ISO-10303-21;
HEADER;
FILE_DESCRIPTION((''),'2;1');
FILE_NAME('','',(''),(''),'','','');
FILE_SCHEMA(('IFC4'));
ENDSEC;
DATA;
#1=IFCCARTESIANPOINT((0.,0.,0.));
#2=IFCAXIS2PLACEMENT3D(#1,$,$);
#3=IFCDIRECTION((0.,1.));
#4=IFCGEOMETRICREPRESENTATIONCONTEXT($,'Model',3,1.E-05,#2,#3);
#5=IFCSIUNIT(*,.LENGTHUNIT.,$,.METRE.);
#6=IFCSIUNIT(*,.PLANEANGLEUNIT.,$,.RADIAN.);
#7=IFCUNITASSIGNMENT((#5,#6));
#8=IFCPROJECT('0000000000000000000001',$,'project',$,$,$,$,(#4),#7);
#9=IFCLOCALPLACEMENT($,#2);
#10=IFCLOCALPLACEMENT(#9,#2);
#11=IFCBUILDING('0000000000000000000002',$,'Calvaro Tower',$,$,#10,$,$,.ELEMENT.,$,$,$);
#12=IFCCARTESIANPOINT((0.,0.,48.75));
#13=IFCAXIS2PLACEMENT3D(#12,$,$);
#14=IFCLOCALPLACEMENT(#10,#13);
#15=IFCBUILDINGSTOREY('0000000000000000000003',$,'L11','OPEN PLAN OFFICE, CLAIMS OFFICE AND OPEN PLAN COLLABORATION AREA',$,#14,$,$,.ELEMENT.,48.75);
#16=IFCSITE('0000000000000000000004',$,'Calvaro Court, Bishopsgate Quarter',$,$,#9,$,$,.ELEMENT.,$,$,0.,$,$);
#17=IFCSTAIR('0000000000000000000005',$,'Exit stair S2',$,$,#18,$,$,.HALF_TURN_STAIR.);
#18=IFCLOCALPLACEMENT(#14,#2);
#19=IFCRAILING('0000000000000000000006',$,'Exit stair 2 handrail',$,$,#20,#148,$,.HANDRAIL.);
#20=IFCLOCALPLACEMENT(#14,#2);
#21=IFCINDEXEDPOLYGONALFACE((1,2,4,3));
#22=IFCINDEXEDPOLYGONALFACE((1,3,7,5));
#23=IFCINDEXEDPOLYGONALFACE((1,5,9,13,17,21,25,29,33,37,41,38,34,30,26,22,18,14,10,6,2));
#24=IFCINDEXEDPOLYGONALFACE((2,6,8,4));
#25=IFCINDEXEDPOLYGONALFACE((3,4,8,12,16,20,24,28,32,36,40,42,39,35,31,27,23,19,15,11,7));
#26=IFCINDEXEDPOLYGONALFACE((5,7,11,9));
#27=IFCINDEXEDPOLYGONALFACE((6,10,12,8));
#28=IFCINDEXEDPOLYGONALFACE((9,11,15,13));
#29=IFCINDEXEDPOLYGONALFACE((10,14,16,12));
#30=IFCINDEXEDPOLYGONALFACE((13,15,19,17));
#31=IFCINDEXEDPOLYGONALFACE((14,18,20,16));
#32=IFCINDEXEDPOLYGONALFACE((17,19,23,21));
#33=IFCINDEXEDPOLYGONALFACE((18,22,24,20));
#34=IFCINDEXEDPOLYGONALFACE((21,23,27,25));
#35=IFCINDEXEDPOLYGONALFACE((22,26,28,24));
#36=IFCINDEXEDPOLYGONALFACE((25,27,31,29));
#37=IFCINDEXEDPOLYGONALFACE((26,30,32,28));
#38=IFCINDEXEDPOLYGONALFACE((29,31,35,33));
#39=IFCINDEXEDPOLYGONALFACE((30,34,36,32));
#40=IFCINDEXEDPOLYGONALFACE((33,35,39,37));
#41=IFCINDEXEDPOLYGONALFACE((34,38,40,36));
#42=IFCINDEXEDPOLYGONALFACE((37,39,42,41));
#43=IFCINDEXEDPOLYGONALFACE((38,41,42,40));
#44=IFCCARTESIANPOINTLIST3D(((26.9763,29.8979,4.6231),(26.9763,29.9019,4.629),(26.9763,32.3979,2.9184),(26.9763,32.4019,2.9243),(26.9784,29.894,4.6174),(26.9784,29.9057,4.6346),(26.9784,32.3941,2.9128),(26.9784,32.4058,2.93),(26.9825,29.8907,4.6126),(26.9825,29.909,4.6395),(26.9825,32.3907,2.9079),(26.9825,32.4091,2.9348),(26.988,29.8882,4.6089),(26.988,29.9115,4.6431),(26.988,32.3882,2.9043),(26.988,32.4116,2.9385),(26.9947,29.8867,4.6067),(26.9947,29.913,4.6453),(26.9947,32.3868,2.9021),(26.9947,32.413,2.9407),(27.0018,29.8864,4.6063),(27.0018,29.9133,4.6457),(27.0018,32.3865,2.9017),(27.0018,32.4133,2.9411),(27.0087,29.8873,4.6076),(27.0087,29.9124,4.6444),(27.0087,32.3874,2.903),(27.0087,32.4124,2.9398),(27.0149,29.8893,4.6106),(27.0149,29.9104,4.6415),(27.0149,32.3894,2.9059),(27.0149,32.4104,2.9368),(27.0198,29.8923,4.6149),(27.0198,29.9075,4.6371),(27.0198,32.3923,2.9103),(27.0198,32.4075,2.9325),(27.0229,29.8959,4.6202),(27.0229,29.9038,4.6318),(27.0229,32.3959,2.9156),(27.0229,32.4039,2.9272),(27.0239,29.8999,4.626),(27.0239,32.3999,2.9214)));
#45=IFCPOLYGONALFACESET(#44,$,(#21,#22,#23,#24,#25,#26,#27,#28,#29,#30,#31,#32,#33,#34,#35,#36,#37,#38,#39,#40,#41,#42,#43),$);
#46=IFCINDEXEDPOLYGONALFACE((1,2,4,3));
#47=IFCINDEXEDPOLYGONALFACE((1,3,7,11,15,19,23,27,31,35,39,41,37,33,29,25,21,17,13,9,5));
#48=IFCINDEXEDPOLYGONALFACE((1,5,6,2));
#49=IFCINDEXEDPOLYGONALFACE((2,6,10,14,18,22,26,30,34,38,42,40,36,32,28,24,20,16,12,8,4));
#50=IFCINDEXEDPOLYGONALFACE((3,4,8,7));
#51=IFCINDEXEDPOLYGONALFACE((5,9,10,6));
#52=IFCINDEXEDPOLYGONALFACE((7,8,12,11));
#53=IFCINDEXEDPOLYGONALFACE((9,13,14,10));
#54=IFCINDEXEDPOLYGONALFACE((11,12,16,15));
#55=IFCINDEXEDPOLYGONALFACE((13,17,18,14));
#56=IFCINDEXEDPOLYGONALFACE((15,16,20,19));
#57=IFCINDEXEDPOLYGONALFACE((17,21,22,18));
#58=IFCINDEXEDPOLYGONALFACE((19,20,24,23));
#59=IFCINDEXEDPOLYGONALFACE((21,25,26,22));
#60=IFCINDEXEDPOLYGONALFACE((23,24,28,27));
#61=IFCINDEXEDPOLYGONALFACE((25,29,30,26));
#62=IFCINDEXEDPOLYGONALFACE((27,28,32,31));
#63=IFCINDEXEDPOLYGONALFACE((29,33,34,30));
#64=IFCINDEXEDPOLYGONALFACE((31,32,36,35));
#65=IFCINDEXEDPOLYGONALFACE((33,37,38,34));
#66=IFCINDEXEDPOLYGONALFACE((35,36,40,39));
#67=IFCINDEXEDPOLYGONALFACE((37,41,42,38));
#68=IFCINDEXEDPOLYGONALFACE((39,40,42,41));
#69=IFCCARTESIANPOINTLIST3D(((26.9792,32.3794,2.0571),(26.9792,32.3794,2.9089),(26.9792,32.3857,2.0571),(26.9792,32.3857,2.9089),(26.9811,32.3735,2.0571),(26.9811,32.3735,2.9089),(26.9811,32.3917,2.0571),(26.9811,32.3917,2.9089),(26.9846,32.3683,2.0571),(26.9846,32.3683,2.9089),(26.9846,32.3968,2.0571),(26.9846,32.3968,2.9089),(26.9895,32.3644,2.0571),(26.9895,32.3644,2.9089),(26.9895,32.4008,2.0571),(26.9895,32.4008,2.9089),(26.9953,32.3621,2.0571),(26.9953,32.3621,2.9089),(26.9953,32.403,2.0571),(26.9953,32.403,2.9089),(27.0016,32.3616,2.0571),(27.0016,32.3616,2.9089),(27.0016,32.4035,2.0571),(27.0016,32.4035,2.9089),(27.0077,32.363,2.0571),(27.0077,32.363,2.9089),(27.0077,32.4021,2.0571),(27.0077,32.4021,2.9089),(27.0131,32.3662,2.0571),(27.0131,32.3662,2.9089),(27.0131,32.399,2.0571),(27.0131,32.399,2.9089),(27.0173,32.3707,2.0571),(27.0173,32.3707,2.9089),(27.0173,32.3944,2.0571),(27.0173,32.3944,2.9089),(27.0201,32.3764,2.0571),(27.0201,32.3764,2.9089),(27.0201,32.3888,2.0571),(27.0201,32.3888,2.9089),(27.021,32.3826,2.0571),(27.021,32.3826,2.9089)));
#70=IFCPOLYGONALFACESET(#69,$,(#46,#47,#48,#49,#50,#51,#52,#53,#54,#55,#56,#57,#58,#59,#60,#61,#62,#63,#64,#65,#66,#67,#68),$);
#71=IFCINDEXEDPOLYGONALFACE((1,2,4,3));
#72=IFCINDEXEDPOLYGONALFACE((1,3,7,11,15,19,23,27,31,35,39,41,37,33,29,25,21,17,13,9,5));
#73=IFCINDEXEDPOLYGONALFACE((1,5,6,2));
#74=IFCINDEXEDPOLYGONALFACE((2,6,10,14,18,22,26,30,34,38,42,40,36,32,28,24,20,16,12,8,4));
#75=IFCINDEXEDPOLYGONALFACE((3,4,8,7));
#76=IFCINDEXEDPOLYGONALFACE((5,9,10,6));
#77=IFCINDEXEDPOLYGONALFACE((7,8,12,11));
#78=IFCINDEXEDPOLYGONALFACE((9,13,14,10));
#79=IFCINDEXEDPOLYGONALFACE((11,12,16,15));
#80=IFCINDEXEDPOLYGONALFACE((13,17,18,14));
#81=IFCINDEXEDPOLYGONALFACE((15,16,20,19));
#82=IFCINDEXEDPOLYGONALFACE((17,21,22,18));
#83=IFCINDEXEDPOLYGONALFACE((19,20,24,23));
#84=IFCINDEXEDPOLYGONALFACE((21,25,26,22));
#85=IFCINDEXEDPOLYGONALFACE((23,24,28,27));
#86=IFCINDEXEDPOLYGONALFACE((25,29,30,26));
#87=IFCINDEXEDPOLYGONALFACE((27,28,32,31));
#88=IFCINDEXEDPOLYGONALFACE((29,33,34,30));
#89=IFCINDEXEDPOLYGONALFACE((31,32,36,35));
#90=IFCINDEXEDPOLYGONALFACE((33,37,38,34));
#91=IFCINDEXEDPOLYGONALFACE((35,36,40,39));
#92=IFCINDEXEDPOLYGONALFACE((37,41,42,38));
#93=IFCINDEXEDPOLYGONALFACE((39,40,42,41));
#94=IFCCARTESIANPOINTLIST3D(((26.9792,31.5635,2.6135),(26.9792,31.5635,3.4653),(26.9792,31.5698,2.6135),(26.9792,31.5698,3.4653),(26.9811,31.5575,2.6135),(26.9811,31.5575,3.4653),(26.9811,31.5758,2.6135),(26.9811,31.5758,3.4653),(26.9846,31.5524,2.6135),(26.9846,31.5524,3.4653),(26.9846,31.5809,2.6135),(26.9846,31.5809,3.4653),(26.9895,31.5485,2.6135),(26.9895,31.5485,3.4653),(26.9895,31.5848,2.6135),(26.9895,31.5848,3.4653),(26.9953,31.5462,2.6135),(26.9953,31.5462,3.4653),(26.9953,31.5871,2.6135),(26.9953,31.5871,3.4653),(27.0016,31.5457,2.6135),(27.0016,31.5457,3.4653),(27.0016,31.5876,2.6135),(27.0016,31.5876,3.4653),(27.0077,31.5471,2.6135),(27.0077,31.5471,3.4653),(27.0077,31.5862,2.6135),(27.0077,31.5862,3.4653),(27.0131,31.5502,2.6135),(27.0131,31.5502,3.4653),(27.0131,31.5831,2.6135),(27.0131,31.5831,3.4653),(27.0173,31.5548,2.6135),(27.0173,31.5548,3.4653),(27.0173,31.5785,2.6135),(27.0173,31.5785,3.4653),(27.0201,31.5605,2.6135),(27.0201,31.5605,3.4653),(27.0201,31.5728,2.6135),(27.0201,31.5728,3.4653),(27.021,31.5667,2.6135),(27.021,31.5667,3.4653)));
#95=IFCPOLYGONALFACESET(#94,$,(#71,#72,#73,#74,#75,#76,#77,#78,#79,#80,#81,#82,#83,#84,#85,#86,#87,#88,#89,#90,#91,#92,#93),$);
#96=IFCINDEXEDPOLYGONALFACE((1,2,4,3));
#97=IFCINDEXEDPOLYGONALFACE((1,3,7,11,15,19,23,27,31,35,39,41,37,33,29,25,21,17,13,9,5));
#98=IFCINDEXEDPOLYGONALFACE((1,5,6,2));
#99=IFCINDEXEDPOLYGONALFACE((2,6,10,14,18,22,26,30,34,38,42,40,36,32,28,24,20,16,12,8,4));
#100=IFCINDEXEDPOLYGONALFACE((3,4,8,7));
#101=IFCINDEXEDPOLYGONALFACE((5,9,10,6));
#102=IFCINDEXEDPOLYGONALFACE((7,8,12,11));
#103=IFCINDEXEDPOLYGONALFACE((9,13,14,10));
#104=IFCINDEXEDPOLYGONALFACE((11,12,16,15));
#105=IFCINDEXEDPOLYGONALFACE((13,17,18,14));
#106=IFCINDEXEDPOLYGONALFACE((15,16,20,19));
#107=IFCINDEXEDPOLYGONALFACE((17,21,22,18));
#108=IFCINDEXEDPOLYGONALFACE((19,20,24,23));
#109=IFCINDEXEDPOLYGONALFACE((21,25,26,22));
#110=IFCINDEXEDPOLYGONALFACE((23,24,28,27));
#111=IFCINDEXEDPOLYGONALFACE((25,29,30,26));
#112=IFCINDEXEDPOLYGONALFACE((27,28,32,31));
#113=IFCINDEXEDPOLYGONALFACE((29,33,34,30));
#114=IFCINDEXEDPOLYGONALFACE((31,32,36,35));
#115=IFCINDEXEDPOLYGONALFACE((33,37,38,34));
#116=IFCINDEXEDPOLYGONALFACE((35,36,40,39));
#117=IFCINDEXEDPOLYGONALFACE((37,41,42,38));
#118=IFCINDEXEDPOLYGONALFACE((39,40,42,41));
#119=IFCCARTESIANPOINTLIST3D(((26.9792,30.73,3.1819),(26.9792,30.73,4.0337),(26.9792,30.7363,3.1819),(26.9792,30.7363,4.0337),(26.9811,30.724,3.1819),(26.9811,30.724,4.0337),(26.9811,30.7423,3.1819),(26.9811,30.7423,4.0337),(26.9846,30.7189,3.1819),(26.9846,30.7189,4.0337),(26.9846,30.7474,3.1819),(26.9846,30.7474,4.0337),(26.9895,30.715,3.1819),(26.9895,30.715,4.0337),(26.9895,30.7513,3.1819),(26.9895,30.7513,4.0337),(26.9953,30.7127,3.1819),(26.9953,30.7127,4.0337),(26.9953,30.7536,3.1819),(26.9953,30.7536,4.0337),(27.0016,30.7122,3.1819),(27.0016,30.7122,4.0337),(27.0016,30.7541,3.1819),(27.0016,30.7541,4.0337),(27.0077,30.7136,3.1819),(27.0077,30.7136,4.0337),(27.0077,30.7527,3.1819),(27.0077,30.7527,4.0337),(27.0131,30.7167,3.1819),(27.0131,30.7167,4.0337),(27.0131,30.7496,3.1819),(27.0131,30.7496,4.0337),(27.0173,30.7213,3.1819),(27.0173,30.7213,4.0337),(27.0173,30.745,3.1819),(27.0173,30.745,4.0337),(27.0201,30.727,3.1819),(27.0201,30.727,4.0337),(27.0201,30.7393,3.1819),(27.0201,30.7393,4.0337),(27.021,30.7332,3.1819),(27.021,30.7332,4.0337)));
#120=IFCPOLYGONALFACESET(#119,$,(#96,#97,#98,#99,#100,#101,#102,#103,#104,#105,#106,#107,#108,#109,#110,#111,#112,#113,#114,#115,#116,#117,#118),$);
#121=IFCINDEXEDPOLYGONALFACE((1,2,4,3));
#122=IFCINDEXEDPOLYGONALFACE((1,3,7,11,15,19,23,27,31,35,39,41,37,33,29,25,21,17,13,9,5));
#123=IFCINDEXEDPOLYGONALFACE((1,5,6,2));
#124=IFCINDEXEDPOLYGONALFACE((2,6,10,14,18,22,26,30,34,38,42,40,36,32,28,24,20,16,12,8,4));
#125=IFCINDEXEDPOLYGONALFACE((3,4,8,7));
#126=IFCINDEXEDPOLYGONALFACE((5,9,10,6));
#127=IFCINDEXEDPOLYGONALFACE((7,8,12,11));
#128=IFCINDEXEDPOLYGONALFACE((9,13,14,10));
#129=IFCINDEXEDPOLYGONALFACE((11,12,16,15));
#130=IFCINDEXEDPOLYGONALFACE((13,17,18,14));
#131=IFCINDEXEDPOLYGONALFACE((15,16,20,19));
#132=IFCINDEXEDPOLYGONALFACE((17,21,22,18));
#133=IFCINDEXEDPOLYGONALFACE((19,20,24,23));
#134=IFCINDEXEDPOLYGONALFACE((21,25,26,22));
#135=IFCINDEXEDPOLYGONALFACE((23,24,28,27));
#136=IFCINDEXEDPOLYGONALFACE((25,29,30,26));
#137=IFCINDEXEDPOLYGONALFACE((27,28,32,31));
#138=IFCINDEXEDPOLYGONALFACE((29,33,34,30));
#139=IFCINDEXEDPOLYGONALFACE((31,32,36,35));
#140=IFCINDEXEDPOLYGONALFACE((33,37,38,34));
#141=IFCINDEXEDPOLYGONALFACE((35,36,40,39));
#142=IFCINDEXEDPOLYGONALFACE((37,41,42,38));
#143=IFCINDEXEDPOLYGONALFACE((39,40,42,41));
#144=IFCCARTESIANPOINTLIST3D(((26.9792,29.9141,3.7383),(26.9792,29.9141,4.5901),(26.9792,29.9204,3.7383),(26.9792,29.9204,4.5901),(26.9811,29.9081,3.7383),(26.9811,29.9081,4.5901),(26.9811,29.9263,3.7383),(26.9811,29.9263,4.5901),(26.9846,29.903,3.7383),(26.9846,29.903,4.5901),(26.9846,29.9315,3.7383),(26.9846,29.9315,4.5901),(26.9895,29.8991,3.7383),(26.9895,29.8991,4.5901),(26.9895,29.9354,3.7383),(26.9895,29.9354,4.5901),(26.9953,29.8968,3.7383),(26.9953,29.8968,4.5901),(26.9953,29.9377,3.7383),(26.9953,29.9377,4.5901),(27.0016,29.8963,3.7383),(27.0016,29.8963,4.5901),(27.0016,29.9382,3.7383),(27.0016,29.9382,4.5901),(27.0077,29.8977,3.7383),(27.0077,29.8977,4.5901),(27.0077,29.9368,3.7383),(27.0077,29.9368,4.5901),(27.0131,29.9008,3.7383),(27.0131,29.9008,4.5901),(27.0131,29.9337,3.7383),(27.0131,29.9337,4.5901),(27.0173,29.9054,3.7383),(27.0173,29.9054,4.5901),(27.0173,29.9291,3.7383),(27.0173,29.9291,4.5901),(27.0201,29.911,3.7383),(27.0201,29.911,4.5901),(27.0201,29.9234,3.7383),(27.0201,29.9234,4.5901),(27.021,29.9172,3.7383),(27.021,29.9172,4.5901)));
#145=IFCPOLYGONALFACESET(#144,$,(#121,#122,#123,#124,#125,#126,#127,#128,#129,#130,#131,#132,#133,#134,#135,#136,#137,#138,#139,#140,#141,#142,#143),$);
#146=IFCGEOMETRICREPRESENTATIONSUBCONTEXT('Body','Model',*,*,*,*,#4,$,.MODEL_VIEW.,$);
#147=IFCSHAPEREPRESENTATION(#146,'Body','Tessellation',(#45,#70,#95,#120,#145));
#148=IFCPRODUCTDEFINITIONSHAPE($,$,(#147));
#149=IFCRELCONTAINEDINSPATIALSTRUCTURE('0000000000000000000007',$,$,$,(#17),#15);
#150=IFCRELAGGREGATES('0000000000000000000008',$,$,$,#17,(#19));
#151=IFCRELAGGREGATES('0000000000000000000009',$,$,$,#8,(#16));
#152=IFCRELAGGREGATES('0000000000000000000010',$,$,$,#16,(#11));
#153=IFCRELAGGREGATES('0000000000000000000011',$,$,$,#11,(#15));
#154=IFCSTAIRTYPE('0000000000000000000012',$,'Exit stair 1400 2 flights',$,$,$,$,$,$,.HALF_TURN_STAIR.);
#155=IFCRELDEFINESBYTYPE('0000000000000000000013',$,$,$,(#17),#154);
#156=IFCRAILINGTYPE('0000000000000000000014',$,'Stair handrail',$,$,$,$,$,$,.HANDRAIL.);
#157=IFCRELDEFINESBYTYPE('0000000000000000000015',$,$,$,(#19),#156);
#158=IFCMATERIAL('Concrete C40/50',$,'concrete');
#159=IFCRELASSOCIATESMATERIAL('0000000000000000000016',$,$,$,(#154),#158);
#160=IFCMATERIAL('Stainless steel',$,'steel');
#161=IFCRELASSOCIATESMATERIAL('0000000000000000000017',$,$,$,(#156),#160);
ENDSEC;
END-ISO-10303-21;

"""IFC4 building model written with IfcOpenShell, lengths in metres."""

from ifc_helpers import new_model, si_unit, direction, frame, origin, origin_2d, place, context, subcontext, project, spatial, circle, extrude, material, type_object, element, aggregate, save


model = new_model("IFC4")

# Units and contexts
model_context = context("Model", 3, precision=1e-05, world=origin(), true_north=direction((0.0, 1.0)))
body_context = subcontext(model_context, "Body", "Model", "MODEL_VIEW")
ifc_project = project(units=[si_unit("LENGTHUNIT", "METRE"), si_unit("PLANEANGLEUNIT", "RADIAN")], contexts=[model_context])

# Site, building, storey
site_placement = place(None, origin())
site = spatial("IfcSite", under=ifc_project, at=site_placement, Name="Calvaro Court, Bishopsgate Quarter", CompositionType="ELEMENT", RefElevation=0.0)
building_placement = place(site_placement, origin())
building = spatial("IfcBuilding", under=site, at=building_placement, Name="Calvaro Tower", CompositionType="ELEMENT")
storey_placement = place(building_placement, frame((0.0, 0.0, 48.75)))
storey = spatial("IfcBuildingStorey", under=building, at=storey_placement, Name="L11", Description="OPEN PLAN OFFICE, CLAIMS OFFICE AND OPEN PLAN COLLABORATION AREA", CompositionType="ELEMENT", Elevation=48.75)

# Stair, railing
ifc_material_1 = material(Name="Concrete C40/50", Category="concrete")
stair_type = type_object("IfcStairType", Name="Exit stair 1400 2 flights", PredefinedType="HALF_TURN_STAIR", material=ifc_material_1)
stair_placement = place(storey_placement, origin())
stair = element("IfcStair", 1, at=stair_placement, inside=storey, type_object=stair_type, Name="Exit stair S2", PredefinedType="HALF_TURN_STAIR")
ifc_material_2 = material(Name="Stainless steel", Category="steel")
railing_type = type_object("IfcRailingType", Name="Stair handrail", PredefinedType="HANDRAIL", material=ifc_material_2)
railing_1_placement = place(storey_placement, frame((27.0, 32.3999, 2.0454)))
railing_1 = element("IfcRailing", 2, at=railing_1_placement, type_object=railing_type, Name="Exit stair 2 handrail", PredefinedType="HANDRAIL", context=body_context, shape_type="SweptSolid", body=[
    extrude(circle(Radius=0.0239, at=origin_2d()), frame((0.0, 0.0, 0.876), z_axis=(0.0, -0.826221, 0.563347), x_axis=(1.0, 0.0, 0.0)), (0.0, 0.0, 1.0), 3.0259),
    extrude(circle(Radius=0.021, at=origin_2d()), frame((0.0, -0.0173, 0.0117)), (0.0, 0.0, 1.0), 0.8518),
    extrude(circle(Radius=0.021, at=origin_2d()), frame((0.0, -0.8333, 0.5681)), (0.0, 0.0, 1.0), 0.8518),
    extrude(circle(Radius=0.021, at=origin_2d()), frame((0.0, -1.6667, 1.1365)), (0.0, 0.0, 1.0), 0.8518),
    extrude(circle(Radius=0.021, at=origin_2d()), frame((0.0, -2.4827, 1.6929)), (0.0, 0.0, 1.0), 0.8518),
])
aggregate(stair, [railing_1])

save(model, "model.ifc")
